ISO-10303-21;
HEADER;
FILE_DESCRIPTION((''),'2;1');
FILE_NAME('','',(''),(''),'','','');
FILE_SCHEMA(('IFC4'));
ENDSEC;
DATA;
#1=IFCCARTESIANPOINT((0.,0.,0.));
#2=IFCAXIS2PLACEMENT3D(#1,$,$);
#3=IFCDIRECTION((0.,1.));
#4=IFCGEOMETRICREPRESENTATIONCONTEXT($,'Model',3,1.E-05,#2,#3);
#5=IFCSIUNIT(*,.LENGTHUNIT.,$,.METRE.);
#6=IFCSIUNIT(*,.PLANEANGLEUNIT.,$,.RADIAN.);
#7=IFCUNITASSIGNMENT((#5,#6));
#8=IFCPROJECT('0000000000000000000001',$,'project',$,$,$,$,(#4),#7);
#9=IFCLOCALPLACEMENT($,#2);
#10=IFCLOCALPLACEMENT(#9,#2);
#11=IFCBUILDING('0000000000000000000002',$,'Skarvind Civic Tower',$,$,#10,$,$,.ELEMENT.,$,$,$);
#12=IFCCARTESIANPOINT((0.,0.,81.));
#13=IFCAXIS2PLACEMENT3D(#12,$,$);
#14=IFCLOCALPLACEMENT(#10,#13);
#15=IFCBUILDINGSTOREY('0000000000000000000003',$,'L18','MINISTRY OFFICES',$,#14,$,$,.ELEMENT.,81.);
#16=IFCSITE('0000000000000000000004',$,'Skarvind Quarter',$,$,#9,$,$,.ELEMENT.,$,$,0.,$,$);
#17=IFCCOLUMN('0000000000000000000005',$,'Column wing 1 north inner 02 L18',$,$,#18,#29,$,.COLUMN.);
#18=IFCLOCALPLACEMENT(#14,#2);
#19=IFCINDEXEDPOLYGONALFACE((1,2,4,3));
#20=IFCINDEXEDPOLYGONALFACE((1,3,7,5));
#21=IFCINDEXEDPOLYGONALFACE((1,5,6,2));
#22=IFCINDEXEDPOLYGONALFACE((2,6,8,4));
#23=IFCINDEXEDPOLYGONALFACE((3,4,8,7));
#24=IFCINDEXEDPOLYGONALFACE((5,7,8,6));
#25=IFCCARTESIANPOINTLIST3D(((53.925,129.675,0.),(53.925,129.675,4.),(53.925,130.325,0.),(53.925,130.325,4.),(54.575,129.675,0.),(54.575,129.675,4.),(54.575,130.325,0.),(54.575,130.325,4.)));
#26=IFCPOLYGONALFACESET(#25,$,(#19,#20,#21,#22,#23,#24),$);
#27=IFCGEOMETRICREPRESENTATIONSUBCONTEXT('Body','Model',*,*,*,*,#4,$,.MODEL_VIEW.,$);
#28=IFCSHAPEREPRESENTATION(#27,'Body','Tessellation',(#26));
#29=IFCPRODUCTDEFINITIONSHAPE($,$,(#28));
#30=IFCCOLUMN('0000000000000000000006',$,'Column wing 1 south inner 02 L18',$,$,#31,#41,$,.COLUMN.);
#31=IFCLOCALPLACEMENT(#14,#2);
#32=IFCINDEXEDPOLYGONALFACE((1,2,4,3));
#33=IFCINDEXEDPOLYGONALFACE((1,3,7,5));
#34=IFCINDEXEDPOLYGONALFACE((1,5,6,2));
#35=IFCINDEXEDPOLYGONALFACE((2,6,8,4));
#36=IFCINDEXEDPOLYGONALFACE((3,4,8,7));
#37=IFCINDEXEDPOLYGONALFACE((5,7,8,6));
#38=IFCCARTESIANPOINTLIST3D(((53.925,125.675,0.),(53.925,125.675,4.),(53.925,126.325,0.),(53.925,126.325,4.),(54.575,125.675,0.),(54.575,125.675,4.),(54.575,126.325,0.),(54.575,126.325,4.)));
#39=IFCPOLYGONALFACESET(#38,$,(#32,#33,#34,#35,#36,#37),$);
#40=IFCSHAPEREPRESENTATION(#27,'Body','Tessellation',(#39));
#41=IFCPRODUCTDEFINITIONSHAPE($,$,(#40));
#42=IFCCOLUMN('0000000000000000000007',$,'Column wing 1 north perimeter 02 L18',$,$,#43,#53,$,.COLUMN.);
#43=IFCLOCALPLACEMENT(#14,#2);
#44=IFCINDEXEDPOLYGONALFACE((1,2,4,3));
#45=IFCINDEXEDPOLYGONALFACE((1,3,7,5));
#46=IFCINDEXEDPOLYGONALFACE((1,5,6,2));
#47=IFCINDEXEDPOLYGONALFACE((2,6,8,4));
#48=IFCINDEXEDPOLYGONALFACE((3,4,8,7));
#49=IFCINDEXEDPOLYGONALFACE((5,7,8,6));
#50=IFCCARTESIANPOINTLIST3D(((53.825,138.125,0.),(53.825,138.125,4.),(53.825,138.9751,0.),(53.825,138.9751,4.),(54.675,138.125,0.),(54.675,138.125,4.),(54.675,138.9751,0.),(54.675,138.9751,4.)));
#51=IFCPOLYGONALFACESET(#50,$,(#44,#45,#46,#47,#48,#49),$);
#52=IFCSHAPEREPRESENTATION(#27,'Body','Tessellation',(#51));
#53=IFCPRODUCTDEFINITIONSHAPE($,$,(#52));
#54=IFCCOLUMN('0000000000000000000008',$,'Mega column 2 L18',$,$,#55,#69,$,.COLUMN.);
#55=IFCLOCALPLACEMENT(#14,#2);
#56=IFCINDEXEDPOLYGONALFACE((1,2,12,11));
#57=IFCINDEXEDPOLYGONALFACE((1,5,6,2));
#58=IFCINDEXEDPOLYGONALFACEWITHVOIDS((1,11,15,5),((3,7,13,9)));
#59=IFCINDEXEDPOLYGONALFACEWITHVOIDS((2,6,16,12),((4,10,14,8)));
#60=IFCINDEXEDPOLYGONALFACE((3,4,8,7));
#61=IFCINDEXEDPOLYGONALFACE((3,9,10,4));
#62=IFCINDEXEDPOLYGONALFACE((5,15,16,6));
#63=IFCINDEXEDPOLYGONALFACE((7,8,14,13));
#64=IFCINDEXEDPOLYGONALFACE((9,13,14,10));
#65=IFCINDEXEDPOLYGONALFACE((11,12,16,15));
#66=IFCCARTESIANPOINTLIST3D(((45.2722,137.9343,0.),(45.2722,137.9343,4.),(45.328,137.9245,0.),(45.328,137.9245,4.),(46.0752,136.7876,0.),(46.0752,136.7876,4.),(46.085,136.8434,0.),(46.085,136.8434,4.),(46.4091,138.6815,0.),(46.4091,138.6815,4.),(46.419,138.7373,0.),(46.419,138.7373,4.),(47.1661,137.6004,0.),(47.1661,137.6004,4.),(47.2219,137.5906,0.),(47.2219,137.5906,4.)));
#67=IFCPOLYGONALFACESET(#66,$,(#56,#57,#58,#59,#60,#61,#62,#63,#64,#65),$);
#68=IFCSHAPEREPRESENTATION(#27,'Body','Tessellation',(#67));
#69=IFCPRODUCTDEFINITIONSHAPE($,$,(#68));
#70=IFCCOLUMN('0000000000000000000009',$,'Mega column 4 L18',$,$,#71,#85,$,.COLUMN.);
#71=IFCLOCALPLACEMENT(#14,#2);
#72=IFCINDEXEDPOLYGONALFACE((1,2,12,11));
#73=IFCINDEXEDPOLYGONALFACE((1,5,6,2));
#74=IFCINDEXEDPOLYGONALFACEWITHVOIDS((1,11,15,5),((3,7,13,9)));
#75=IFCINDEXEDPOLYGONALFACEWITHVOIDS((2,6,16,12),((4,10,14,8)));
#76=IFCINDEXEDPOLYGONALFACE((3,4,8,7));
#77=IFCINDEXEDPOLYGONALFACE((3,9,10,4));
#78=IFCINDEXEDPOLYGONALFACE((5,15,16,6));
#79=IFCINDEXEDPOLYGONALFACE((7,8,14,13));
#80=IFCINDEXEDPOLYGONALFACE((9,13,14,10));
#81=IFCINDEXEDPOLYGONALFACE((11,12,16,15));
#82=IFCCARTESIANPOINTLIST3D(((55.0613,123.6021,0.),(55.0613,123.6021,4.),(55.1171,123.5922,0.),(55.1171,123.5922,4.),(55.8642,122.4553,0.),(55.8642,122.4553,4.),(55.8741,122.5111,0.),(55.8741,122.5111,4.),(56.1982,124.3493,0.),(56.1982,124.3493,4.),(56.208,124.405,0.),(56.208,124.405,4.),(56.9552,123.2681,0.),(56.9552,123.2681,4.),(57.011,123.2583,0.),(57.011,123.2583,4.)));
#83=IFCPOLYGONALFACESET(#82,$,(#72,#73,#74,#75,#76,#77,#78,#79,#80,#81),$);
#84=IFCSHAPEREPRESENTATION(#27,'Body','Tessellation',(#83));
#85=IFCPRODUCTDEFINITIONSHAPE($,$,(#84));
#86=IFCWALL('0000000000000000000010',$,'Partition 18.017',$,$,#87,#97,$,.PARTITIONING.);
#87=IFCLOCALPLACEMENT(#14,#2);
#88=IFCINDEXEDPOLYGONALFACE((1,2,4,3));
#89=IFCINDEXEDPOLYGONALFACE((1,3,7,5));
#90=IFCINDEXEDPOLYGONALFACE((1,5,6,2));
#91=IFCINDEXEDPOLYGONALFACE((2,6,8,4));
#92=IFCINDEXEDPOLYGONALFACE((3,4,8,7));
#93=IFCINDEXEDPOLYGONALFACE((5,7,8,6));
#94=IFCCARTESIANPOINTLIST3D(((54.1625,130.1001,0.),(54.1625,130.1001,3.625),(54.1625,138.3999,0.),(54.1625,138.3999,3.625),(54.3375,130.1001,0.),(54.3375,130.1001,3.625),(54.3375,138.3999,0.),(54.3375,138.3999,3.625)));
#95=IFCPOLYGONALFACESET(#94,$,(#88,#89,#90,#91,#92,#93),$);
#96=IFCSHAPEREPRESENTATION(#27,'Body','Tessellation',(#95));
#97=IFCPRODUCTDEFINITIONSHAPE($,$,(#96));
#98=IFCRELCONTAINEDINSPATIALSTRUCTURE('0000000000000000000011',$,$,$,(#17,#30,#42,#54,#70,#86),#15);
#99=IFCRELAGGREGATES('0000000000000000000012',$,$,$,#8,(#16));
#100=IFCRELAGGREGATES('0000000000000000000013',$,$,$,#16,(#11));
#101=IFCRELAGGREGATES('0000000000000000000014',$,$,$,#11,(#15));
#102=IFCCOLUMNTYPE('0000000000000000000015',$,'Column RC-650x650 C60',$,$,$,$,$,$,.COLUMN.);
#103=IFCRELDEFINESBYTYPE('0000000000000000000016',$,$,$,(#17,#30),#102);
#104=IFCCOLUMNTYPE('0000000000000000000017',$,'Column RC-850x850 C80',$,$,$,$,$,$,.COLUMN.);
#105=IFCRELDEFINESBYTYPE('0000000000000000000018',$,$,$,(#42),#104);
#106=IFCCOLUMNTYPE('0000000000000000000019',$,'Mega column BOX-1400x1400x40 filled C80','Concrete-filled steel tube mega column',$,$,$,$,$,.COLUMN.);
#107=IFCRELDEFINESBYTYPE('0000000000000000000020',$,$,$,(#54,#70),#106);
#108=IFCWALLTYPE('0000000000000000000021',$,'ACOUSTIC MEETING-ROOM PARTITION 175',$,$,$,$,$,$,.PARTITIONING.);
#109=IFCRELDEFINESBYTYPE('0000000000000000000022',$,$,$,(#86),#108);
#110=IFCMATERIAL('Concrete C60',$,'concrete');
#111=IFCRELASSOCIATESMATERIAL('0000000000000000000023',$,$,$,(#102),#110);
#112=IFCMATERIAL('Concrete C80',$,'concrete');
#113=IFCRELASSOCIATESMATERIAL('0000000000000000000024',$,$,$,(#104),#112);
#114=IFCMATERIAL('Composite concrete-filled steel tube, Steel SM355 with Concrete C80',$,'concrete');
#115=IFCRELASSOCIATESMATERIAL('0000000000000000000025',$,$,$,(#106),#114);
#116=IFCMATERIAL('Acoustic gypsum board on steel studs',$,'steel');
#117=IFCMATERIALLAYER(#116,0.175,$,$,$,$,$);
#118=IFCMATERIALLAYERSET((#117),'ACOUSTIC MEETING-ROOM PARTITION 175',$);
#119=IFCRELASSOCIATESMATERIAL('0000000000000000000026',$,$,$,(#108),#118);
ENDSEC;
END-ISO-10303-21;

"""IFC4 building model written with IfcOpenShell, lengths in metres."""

from ifc_helpers import new_model, si_unit, direction, frame, frame_2d, origin, origin_2d, place, context, subcontext, project, spatial, rectangle, hollow_rectangle, extrude, material, layer, layer_set, material_profile, profile_set, type_object, element, save


model = new_model("IFC4")

# Units and contexts
model_context = context("Model", 3, precision=1e-05, world=origin(), true_north=direction((0.0, 1.0)))
body_context = subcontext(model_context, "Body", "Model", "MODEL_VIEW")
ifc_project = project(units=[si_unit("LENGTHUNIT", "METRE"), si_unit("PLANEANGLEUNIT", "RADIAN")], contexts=[model_context])

# Site, building, storey
site_placement = place(None, origin())
site = spatial("IfcSite", under=ifc_project, at=site_placement, Name="Skarvind Quarter", CompositionType="ELEMENT", RefElevation=0.0)
building_placement = place(site_placement, origin())
building = spatial("IfcBuilding", under=site, at=building_placement, Name="Skarvind Civic Tower", CompositionType="ELEMENT")
storey_placement = place(building_placement, frame((0.0, 0.0, 81.0)))
storey = spatial("IfcBuildingStorey", under=building, at=storey_placement, Name="L18", Description="MINISTRY OFFICES", CompositionType="ELEMENT", Elevation=81.0)

# Columns
ifc_material_1 = material(Name="Concrete C60", Category="concrete")
ifc_material_profile_1 = material_profile(ifc_material_1, rectangle(XDim=0.6499, YDim=0.6499, at=origin_2d()), Name="RC-650x650")
ifc_profile_set_1 = profile_set([ifc_material_profile_1], Name="Concrete C60")
column_type_1 = type_object("IfcColumnType", Name="Column RC-650x650 C60", PredefinedType="COLUMN", material=ifc_profile_set_1)
for number, where, z_axis, x_axis, name in (
    (1, (54.25, 130.0, 0.0), (0.0, 0.0, 1.0), (1.0, 0.0, 0.0), "Column wing 1 north inner 02 L18"),
    (2, (54.25, 126.0, 0.0), (0.0, 0.0, 1.0), (1.0, 0.0, 0.0), "Column wing 1 south inner 02 L18"),
):
    element("IfcColumn", number, at=place(storey_placement, frame(where, z_axis=z_axis, x_axis=x_axis)), inside=storey, type_object=column_type_1, Name=name, PredefinedType="COLUMN", context=body_context, shape_type="SweptSolid", body=[
        extrude(rectangle(XDim=0.6499, YDim=0.6499, at=origin_2d()), origin(), (0.0, 0.0, 1.0), 4.0),
    ])
ifc_material_2 = material(Name="Concrete C80", Category="concrete")
ifc_material_profile_2 = material_profile(ifc_material_2, rectangle(XDim=0.8501, YDim=0.8501, at=origin_2d()), Name="RC-850x850")
ifc_profile_set_2 = profile_set([ifc_material_profile_2], Name="Concrete C80")
column_type_2 = type_object("IfcColumnType", Name="Column RC-850x850 C80", PredefinedType="COLUMN", material=ifc_profile_set_2)
column_placement = place(storey_placement, frame((54.25, 138.55, 0.0), z_axis=(0.0, 0.0, 1.0), x_axis=(1.0, 0.0, 0.0)))
element("IfcColumn", 3, at=column_placement, inside=storey, type_object=column_type_2, Name="Column wing 1 north perimeter 02 L18", PredefinedType="COLUMN", context=body_context, shape_type="SweptSolid", body=[
    extrude(rectangle(XDim=0.8501, YDim=0.8501, at=origin_2d()), origin(), (0.0, 0.0, 1.0), 4.0),
])
ifc_material_3 = material(Name="Composite concrete-filled steel tube, Steel SM355 with Concrete C80", Category="concrete")
ifc_material_profile_3 = material_profile(ifc_material_3, hollow_rectangle(XDim=1.3999, YDim=1.3999, WallThickness=0.04, at=origin_2d()), Name="BOX-1400x1400x40")
ifc_profile_set_3 = profile_set([ifc_material_profile_3], Name="Composite concrete-filled steel tube, Steel SM355 with Concrete C80")
column_type_3 = type_object("IfcColumnType", Name="Mega column BOX-1400x1400x40 filled C80", Description="Concrete-filled steel tube mega column", PredefinedType="COLUMN", material=ifc_profile_set_3)
for number, where, z_axis, x_axis, name in (
    (4, (46.2471, 137.7625, 0.0), (0.0, 0.0, 1.0), (0.573576, -0.819152, 0.0), "Mega column 2 L18"),
    (5, (56.0361, 123.4302, 0.0), (0.0, 0.0, 1.0), (0.573576, -0.819152, 0.0), "Mega column 4 L18"),
):
    element("IfcColumn", number, at=place(storey_placement, frame(where, z_axis=z_axis, x_axis=x_axis)), inside=storey, type_object=column_type_3, Name=name, PredefinedType="COLUMN", context=body_context, shape_type="SweptSolid", body=[
        extrude(hollow_rectangle(XDim=1.3999, YDim=1.3999, WallThickness=0.04, at=origin_2d()), origin(), (0.0, 0.0, 1.0), 4.0),
    ])

# Wall
ifc_material_4 = material(Name="Acoustic gypsum board on steel studs", Category="steel")
ifc_layer_1 = layer(ifc_material_4, 0.175)
ifc_layer_set_1 = layer_set([ifc_layer_1], Name="ACOUSTIC MEETING-ROOM PARTITION 175")
wall_type_1 = type_object("IfcWallType", Name="ACOUSTIC MEETING-ROOM PARTITION 175", PredefinedType="PARTITIONING", material=ifc_layer_set_1)
wall_1_placement = place(storey_placement, frame((54.25, 138.3999, 0.0), z_axis=(0.0, 0.0, 1.0), x_axis=(0.0, -1.0, 0.0)))
element("IfcWall", 6, at=wall_1_placement, inside=storey, type_object=wall_type_1, Name="Partition 18.017", PredefinedType="PARTITIONING", context=body_context, shape_type="SweptSolid", body=[
    extrude(rectangle(XDim=8.2998, YDim=0.175, at=frame_2d((4.1499, 0.0))), origin(), (0.0, 0.0, 1.0), 3.625),
])

save(model, "model.ifc")
